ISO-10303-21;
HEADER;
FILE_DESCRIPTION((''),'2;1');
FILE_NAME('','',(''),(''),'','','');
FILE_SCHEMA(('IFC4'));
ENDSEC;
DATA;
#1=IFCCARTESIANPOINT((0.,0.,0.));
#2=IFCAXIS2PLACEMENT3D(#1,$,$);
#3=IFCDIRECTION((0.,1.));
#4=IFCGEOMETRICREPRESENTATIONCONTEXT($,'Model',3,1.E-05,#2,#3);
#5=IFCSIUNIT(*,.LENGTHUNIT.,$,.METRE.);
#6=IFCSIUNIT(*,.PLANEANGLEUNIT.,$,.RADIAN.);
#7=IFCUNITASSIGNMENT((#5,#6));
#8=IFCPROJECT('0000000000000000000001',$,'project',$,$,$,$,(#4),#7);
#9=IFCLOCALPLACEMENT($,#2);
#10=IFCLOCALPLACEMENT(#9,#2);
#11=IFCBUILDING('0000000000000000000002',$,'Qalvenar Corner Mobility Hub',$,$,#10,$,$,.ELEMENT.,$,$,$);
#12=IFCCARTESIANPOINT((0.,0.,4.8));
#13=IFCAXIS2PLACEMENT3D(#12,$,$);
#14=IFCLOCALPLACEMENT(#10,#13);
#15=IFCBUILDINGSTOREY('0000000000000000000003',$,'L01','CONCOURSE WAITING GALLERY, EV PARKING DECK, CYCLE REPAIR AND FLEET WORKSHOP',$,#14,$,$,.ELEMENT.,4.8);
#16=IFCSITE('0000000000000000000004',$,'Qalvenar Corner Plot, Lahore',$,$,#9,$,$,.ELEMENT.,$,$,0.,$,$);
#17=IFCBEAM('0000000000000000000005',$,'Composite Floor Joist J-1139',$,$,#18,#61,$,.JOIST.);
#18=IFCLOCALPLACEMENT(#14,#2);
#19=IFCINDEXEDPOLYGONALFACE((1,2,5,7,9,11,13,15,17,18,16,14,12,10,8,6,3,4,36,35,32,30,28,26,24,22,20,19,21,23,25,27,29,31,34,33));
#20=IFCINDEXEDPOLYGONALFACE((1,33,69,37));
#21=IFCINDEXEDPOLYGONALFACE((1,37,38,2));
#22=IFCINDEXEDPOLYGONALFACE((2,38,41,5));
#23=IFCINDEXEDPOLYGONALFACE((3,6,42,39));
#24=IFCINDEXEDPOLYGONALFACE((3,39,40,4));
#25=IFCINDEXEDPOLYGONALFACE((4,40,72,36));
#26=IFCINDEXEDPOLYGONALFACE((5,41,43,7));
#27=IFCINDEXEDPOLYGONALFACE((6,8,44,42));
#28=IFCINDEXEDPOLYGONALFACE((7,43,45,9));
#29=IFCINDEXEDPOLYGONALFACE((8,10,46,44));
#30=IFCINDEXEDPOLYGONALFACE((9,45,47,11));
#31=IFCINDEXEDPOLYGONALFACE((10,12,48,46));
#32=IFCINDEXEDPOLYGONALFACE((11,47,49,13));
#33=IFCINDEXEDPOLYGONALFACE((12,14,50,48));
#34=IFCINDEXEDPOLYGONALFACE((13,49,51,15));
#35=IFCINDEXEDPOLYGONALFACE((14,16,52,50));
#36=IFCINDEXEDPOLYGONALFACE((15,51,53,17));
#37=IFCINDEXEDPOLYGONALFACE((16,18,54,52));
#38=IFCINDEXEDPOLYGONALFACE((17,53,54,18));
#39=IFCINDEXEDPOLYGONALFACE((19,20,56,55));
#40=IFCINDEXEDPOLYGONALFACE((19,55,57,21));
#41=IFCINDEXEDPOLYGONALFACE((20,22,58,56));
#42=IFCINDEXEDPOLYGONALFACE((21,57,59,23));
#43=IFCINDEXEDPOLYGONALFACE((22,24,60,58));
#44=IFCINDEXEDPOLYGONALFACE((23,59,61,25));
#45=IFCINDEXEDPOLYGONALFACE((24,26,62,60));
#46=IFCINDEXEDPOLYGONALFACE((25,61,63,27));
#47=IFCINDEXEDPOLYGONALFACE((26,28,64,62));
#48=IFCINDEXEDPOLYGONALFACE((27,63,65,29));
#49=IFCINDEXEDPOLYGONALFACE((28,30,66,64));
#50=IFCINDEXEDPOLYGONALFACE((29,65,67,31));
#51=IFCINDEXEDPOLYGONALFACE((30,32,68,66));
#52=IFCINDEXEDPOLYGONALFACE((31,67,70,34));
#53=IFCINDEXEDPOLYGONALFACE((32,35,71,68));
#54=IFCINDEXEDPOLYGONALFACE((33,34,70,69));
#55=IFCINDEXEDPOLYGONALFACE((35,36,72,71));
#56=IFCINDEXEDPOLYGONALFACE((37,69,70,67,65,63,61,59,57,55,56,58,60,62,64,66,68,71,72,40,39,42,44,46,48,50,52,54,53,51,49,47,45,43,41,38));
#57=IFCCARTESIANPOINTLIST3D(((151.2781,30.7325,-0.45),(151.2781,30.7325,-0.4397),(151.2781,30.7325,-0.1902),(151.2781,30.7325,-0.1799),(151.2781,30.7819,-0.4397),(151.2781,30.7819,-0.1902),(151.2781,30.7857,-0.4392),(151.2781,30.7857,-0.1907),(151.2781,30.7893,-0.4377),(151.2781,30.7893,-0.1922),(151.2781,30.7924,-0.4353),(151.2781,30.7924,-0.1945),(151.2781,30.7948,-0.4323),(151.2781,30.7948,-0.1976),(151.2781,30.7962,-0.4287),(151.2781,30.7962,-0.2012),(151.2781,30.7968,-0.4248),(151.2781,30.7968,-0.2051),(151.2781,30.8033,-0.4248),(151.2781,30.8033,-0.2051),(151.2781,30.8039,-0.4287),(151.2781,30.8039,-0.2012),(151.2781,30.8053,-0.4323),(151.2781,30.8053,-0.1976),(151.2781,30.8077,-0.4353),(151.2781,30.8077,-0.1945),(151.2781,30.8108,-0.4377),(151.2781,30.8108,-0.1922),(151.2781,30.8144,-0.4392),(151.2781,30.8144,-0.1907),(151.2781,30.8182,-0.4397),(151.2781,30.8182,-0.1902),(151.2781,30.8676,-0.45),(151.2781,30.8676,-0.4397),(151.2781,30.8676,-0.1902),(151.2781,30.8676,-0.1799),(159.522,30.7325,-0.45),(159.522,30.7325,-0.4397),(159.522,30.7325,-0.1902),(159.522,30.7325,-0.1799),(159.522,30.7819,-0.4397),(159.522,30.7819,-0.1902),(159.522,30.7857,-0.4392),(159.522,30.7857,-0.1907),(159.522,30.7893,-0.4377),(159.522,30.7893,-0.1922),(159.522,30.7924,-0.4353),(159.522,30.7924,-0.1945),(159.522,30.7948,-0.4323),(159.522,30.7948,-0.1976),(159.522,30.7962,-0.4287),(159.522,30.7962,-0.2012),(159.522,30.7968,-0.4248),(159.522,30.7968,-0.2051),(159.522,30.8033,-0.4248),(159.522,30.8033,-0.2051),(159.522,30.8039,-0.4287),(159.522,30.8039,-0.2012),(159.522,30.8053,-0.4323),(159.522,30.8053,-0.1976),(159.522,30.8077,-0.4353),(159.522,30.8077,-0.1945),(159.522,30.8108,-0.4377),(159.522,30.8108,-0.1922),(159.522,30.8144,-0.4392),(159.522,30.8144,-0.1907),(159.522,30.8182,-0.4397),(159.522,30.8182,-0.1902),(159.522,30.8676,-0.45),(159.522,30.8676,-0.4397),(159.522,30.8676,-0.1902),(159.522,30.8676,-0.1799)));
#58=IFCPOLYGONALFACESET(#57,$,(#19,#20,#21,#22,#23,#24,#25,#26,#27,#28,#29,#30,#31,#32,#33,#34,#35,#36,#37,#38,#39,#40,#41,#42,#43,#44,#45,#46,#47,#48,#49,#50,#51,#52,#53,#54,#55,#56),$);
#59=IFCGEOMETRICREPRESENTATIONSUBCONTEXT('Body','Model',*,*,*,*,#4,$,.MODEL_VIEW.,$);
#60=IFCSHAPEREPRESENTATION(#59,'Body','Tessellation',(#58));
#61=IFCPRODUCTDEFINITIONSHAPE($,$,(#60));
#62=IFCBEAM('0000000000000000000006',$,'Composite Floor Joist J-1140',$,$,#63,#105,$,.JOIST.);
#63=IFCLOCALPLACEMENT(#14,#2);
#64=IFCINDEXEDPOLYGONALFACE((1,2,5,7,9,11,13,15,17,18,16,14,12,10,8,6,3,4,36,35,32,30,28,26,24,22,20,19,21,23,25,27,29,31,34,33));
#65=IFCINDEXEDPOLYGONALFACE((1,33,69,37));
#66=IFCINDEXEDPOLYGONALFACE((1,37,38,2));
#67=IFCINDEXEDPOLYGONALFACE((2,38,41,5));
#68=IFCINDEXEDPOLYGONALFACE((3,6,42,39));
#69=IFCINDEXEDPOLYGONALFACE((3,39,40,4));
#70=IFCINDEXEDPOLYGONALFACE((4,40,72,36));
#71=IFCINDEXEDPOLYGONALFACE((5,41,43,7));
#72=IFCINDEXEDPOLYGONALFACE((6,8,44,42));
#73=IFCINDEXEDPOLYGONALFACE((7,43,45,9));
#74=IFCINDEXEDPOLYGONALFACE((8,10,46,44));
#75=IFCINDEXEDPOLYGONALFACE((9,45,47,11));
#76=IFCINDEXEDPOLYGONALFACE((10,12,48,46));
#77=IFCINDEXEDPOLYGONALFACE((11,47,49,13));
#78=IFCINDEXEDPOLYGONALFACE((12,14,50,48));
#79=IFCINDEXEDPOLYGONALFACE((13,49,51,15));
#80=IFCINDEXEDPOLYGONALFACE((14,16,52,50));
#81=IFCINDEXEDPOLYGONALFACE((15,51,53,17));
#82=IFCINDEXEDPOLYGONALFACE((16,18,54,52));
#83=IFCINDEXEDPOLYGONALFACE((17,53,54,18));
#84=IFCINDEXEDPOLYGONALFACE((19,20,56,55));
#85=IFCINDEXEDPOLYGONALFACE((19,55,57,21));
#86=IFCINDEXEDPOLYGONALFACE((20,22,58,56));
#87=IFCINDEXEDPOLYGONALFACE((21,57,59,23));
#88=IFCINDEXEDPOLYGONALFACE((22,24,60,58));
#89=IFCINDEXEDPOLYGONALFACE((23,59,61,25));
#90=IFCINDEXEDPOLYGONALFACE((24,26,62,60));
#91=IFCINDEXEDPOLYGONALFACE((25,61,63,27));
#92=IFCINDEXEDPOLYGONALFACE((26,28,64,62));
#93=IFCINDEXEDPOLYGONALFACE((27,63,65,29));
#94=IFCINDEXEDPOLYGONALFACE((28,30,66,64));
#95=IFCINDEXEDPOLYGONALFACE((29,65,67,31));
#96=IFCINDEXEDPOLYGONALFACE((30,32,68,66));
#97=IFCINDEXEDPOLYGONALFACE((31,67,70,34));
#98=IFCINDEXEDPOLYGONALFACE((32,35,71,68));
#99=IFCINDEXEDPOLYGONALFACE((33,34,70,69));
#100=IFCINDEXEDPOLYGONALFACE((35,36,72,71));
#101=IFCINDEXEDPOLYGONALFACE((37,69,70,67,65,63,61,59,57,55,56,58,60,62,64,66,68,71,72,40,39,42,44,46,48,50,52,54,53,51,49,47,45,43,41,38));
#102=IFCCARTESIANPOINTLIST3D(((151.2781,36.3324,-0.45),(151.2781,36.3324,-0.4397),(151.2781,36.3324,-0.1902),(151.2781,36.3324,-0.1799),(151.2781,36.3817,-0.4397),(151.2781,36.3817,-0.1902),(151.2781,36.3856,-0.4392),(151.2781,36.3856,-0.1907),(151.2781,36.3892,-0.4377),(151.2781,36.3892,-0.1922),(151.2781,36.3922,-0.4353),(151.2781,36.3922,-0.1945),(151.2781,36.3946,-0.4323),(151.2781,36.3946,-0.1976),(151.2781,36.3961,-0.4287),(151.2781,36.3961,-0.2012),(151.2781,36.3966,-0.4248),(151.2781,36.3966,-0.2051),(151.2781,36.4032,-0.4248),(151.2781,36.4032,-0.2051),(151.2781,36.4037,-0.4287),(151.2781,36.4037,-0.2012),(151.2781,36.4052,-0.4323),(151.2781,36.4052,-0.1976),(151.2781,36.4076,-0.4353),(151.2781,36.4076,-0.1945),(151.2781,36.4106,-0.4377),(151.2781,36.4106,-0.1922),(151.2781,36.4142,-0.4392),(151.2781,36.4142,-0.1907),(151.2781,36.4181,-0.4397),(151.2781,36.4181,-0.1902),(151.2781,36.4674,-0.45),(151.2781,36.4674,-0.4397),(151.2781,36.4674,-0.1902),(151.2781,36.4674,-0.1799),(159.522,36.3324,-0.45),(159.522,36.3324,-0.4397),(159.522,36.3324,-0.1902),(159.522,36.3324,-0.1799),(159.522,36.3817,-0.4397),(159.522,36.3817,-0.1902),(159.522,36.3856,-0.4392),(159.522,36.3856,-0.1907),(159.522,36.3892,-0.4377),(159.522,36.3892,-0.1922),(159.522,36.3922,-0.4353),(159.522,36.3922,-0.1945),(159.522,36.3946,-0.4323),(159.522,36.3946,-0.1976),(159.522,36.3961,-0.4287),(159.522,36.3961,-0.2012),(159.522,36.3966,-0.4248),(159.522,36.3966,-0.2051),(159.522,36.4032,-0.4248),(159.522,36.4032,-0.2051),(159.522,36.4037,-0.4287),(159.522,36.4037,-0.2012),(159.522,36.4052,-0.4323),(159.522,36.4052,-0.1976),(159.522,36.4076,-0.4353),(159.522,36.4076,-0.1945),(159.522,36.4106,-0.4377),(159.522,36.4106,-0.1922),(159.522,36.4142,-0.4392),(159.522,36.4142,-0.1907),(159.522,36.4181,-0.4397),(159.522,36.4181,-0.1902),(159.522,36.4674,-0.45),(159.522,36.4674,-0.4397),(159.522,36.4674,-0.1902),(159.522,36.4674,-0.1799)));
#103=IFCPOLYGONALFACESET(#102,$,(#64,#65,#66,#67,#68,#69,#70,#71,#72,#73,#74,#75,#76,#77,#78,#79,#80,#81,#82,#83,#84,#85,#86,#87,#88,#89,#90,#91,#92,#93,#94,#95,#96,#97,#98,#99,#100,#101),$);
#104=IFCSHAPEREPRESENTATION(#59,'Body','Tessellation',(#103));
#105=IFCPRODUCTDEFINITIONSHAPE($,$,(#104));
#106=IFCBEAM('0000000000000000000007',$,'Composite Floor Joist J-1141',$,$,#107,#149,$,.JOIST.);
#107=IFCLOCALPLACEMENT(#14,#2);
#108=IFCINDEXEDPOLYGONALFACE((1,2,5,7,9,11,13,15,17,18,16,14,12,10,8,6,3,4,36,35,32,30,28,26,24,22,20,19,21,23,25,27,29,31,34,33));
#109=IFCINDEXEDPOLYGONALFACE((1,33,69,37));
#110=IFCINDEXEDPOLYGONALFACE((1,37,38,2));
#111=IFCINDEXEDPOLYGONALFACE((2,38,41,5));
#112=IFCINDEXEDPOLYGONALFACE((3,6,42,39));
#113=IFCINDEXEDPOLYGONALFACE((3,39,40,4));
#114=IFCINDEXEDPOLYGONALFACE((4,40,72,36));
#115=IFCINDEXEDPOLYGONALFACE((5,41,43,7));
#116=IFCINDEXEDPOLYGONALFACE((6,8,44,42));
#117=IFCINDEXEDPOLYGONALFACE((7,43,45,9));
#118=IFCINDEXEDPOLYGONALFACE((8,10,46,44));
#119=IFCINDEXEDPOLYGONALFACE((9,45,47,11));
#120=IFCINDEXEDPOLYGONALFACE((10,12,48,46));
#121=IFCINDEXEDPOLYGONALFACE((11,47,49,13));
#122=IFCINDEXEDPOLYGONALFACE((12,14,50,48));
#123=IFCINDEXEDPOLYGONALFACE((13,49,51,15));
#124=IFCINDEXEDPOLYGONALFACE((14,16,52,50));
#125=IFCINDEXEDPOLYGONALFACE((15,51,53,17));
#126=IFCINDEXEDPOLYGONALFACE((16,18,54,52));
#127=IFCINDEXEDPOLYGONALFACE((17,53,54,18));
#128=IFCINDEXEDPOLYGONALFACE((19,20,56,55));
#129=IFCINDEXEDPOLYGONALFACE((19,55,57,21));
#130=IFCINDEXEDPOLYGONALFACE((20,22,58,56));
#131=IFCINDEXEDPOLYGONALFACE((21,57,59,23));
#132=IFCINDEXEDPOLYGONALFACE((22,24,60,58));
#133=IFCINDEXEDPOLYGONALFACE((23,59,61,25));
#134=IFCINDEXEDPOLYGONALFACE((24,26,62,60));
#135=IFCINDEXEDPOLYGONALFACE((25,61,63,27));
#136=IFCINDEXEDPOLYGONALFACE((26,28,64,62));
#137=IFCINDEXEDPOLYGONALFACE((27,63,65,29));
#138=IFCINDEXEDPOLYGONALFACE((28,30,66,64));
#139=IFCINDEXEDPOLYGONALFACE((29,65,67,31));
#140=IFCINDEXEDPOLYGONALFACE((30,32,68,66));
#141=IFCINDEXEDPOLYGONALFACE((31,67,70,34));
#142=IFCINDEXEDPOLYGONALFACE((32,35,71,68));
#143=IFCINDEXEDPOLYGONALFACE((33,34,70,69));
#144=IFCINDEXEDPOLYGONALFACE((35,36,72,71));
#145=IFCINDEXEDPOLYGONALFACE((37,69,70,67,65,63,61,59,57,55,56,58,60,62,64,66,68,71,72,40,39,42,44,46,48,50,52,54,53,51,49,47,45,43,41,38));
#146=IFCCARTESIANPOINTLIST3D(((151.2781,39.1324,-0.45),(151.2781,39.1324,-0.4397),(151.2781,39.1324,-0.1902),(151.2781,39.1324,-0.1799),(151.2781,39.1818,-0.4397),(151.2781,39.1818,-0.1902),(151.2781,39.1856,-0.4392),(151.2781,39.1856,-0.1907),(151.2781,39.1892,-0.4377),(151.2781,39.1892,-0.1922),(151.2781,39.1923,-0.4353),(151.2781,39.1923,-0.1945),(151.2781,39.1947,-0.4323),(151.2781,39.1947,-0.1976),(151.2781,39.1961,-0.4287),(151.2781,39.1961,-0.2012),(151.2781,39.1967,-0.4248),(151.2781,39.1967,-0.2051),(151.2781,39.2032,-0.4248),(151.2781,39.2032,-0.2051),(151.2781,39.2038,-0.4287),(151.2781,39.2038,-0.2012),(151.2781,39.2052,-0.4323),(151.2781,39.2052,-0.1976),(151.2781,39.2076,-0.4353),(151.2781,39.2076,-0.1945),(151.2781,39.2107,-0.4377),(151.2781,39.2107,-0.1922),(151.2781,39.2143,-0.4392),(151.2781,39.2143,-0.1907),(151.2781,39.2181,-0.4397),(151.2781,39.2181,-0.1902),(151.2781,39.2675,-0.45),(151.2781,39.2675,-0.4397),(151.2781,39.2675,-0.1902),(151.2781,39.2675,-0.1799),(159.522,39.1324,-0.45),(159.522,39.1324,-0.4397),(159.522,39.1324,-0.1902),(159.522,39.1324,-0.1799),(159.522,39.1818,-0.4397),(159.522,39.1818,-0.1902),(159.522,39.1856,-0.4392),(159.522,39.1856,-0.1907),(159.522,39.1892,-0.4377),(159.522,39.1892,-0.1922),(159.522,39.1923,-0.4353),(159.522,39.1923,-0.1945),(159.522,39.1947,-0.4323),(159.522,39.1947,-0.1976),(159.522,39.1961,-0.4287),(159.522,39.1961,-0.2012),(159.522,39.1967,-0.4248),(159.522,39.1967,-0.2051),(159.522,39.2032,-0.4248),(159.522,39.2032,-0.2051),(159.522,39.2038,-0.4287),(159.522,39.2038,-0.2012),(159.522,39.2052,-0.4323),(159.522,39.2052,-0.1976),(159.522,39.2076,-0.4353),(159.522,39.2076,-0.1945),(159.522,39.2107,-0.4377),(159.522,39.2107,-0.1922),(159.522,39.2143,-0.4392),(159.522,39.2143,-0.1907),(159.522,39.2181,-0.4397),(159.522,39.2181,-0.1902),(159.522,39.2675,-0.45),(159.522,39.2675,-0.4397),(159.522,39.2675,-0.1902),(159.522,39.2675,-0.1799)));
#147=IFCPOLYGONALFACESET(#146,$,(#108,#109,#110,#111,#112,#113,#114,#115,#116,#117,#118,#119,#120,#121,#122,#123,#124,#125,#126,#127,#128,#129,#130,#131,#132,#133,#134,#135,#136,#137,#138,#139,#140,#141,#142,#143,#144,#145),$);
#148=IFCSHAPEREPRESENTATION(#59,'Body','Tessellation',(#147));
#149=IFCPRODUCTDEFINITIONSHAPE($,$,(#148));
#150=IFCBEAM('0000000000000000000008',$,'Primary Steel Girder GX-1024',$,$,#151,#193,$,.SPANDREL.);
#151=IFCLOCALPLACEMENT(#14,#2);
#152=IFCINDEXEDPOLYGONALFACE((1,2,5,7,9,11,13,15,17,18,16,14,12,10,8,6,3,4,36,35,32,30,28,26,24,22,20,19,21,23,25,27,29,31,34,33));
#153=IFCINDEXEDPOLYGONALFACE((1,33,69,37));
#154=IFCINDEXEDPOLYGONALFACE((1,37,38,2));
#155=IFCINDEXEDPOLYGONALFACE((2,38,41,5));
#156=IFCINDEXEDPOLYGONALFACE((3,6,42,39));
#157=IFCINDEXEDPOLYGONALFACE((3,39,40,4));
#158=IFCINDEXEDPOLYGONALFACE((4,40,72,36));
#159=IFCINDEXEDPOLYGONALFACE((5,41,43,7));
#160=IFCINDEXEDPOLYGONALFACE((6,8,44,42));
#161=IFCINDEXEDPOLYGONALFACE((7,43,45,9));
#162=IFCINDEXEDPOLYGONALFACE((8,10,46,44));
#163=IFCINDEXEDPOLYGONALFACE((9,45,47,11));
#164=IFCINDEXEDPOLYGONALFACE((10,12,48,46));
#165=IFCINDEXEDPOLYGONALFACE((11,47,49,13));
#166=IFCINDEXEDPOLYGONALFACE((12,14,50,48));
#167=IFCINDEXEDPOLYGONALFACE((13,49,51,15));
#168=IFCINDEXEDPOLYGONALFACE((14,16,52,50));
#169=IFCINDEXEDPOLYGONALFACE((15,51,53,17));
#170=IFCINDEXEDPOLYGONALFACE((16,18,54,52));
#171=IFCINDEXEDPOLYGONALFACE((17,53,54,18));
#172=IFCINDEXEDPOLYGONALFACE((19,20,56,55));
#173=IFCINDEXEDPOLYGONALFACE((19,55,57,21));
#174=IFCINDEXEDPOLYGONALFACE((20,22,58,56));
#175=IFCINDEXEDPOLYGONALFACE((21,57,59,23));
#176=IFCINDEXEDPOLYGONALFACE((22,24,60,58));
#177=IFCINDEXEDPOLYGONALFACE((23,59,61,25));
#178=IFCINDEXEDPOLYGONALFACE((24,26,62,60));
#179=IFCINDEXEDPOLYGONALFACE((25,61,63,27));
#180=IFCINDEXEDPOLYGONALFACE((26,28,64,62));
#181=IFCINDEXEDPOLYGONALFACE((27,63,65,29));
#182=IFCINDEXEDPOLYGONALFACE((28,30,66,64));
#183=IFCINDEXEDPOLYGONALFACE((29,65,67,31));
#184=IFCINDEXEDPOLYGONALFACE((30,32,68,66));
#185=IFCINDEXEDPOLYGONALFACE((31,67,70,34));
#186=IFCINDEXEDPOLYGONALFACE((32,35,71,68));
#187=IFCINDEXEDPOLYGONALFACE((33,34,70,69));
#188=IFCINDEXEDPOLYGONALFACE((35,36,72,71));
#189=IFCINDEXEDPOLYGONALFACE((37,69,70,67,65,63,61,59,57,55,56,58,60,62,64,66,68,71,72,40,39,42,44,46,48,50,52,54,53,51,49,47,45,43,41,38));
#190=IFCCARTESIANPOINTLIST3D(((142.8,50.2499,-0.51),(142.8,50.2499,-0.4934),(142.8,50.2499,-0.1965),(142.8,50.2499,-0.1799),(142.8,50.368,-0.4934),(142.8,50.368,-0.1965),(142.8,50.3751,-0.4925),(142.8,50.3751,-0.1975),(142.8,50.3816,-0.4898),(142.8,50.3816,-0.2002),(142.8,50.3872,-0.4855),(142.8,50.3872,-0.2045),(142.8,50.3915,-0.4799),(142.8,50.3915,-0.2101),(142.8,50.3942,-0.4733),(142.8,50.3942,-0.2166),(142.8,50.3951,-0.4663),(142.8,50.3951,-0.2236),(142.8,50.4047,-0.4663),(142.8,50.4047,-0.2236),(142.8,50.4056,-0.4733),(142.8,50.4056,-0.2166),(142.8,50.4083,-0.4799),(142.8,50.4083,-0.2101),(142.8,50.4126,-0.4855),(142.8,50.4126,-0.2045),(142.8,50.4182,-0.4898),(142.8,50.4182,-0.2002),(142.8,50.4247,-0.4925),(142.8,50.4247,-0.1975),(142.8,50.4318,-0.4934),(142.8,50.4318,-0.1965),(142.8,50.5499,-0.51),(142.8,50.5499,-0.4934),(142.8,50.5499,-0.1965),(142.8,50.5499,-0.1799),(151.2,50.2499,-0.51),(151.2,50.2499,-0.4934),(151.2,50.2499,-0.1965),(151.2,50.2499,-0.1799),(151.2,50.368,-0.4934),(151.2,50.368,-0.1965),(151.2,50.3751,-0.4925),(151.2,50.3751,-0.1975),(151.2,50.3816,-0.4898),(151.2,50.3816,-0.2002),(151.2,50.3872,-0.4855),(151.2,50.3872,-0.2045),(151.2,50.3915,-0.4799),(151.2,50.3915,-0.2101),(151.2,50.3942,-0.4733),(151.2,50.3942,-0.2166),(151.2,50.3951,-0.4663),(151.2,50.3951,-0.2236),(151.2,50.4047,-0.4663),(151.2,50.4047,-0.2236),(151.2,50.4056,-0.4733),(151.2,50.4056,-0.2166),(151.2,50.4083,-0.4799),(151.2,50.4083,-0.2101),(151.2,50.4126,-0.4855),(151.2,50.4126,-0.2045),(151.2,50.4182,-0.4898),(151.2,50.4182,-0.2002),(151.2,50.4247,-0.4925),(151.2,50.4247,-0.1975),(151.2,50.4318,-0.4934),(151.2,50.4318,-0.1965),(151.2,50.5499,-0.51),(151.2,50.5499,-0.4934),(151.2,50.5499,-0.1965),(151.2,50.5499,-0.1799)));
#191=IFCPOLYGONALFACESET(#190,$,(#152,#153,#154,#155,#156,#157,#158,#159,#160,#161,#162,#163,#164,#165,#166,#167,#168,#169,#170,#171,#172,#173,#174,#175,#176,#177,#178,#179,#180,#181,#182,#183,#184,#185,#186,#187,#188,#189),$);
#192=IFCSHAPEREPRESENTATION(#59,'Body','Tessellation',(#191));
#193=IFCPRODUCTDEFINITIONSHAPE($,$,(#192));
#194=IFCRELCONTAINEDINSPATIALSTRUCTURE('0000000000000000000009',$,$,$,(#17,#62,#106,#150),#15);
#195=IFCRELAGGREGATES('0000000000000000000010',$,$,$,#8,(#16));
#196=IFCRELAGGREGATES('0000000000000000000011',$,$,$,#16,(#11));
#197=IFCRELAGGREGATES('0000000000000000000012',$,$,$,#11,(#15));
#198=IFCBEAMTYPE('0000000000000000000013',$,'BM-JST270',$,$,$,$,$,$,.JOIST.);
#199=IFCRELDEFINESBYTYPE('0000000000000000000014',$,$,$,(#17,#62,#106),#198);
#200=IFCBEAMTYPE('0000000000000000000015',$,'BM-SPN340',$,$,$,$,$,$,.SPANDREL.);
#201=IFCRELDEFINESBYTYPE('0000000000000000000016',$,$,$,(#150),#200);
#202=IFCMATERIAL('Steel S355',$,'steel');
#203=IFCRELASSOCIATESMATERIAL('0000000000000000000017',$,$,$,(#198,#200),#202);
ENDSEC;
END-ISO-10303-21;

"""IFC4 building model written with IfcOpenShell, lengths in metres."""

from ifc_helpers import new_model, si_unit, direction, frame, origin, origin_2d, place, context, subcontext, project, spatial, i_section, extrude, material, material_profile, profile_set, type_object, element, save


model = new_model("IFC4")

# Units and contexts
model_context = context("Model", 3, precision=1e-05, world=origin(), true_north=direction((0.0, 1.0)))
body_context = subcontext(model_context, "Body", "Model", "MODEL_VIEW")
ifc_project = project(units=[si_unit("LENGTHUNIT", "METRE"), si_unit("PLANEANGLEUNIT", "RADIAN")], contexts=[model_context])

# Site, building, storey
site_placement = place(None, origin())
site = spatial("IfcSite", under=ifc_project, at=site_placement, Name="Qalvenar Corner Plot, Lahore", CompositionType="ELEMENT", RefElevation=0.0)
building_placement = place(site_placement, origin())
building = spatial("IfcBuilding", under=site, at=building_placement, Name="Qalvenar Corner Mobility Hub", CompositionType="ELEMENT")
storey_placement = place(building_placement, frame((0.0, 0.0, 4.8)))
storey = spatial("IfcBuildingStorey", under=building, at=storey_placement, Name="L01", Description="CONCOURSE WAITING GALLERY, EV PARKING DECK, CYCLE REPAIR AND FLEET WORKSHOP", CompositionType="ELEMENT", Elevation=4.8)

# Shared definitions
ifc_material_1 = material(Name="Steel S355", Category="steel")

# Beams
ifc_material_profile_1 = material_profile(ifc_material_1, i_section(OverallWidth=0.135, OverallDepth=0.27, WebThickness=0.0066, FlangeThickness=0.0103, FilletRadius=0.0149, at=origin_2d()), Name="IPE270")
ifc_profile_set_1 = profile_set([ifc_material_profile_1], Name="Steel S355")
beam_type_1 = type_object("IfcBeamType", Name="BM-JST270", PredefinedType="JOIST", material=ifc_profile_set_1)
for number, where, z_axis, x_axis, name in (
    (1, (151.2781, 30.8, -0.3149), (1.0, 0.0, 0.0), (0.0, 1.0, 0.0), "Composite Floor Joist J-1139"),
    (2, (151.2781, 36.3999, -0.3149), (1.0, 0.0, 0.0), (0.0, 1.0, 0.0), "Composite Floor Joist J-1140"),
    (3, (151.2781, 39.2, -0.3149), (1.0, 0.0, 0.0), (0.0, 1.0, 0.0), "Composite Floor Joist J-1141"),
):
    element("IfcBeam", number, at=place(storey_placement, frame(where, z_axis=z_axis, x_axis=x_axis)), inside=storey, type_object=beam_type_1, Name=name, PredefinedType="JOIST", context=body_context, shape_type="SweptSolid", body=[
        extrude(i_section(OverallWidth=0.135, OverallDepth=0.27, WebThickness=0.0066, FlangeThickness=0.0103, FilletRadius=0.0149, at=origin_2d()), origin(), (0.0, 0.0, 1.0), 8.2439),
    ])
ifc_material_profile_2 = material_profile(ifc_material_1, i_section(OverallWidth=0.3, OverallDepth=0.3301, WebThickness=0.0095, FlangeThickness=0.0166, FilletRadius=0.0271, at=origin_2d()), Name="HEA340")
ifc_profile_set_2 = profile_set([ifc_material_profile_2], Name="Steel S355")
beam_type_2 = type_object("IfcBeamType", Name="BM-SPN340", PredefinedType="SPANDREL", material=ifc_profile_set_2)
beam_1_placement = place(storey_placement, frame((142.8, 50.3999, -0.345), z_axis=(1.0, 0.0, 0.0), x_axis=(0.0, 1.0, 0.0)))
element("IfcBeam", 4, at=beam_1_placement, inside=storey, type_object=beam_type_2, Name="Primary Steel Girder GX-1024", PredefinedType="SPANDREL", context=body_context, shape_type="SweptSolid", body=[
    extrude(i_section(OverallWidth=0.3, OverallDepth=0.3301, WebThickness=0.0095, FlangeThickness=0.0166, FilletRadius=0.0271, at=origin_2d()), origin(), (0.0, 0.0, 1.0), 8.3999),
])

save(model, "model.ifc")
